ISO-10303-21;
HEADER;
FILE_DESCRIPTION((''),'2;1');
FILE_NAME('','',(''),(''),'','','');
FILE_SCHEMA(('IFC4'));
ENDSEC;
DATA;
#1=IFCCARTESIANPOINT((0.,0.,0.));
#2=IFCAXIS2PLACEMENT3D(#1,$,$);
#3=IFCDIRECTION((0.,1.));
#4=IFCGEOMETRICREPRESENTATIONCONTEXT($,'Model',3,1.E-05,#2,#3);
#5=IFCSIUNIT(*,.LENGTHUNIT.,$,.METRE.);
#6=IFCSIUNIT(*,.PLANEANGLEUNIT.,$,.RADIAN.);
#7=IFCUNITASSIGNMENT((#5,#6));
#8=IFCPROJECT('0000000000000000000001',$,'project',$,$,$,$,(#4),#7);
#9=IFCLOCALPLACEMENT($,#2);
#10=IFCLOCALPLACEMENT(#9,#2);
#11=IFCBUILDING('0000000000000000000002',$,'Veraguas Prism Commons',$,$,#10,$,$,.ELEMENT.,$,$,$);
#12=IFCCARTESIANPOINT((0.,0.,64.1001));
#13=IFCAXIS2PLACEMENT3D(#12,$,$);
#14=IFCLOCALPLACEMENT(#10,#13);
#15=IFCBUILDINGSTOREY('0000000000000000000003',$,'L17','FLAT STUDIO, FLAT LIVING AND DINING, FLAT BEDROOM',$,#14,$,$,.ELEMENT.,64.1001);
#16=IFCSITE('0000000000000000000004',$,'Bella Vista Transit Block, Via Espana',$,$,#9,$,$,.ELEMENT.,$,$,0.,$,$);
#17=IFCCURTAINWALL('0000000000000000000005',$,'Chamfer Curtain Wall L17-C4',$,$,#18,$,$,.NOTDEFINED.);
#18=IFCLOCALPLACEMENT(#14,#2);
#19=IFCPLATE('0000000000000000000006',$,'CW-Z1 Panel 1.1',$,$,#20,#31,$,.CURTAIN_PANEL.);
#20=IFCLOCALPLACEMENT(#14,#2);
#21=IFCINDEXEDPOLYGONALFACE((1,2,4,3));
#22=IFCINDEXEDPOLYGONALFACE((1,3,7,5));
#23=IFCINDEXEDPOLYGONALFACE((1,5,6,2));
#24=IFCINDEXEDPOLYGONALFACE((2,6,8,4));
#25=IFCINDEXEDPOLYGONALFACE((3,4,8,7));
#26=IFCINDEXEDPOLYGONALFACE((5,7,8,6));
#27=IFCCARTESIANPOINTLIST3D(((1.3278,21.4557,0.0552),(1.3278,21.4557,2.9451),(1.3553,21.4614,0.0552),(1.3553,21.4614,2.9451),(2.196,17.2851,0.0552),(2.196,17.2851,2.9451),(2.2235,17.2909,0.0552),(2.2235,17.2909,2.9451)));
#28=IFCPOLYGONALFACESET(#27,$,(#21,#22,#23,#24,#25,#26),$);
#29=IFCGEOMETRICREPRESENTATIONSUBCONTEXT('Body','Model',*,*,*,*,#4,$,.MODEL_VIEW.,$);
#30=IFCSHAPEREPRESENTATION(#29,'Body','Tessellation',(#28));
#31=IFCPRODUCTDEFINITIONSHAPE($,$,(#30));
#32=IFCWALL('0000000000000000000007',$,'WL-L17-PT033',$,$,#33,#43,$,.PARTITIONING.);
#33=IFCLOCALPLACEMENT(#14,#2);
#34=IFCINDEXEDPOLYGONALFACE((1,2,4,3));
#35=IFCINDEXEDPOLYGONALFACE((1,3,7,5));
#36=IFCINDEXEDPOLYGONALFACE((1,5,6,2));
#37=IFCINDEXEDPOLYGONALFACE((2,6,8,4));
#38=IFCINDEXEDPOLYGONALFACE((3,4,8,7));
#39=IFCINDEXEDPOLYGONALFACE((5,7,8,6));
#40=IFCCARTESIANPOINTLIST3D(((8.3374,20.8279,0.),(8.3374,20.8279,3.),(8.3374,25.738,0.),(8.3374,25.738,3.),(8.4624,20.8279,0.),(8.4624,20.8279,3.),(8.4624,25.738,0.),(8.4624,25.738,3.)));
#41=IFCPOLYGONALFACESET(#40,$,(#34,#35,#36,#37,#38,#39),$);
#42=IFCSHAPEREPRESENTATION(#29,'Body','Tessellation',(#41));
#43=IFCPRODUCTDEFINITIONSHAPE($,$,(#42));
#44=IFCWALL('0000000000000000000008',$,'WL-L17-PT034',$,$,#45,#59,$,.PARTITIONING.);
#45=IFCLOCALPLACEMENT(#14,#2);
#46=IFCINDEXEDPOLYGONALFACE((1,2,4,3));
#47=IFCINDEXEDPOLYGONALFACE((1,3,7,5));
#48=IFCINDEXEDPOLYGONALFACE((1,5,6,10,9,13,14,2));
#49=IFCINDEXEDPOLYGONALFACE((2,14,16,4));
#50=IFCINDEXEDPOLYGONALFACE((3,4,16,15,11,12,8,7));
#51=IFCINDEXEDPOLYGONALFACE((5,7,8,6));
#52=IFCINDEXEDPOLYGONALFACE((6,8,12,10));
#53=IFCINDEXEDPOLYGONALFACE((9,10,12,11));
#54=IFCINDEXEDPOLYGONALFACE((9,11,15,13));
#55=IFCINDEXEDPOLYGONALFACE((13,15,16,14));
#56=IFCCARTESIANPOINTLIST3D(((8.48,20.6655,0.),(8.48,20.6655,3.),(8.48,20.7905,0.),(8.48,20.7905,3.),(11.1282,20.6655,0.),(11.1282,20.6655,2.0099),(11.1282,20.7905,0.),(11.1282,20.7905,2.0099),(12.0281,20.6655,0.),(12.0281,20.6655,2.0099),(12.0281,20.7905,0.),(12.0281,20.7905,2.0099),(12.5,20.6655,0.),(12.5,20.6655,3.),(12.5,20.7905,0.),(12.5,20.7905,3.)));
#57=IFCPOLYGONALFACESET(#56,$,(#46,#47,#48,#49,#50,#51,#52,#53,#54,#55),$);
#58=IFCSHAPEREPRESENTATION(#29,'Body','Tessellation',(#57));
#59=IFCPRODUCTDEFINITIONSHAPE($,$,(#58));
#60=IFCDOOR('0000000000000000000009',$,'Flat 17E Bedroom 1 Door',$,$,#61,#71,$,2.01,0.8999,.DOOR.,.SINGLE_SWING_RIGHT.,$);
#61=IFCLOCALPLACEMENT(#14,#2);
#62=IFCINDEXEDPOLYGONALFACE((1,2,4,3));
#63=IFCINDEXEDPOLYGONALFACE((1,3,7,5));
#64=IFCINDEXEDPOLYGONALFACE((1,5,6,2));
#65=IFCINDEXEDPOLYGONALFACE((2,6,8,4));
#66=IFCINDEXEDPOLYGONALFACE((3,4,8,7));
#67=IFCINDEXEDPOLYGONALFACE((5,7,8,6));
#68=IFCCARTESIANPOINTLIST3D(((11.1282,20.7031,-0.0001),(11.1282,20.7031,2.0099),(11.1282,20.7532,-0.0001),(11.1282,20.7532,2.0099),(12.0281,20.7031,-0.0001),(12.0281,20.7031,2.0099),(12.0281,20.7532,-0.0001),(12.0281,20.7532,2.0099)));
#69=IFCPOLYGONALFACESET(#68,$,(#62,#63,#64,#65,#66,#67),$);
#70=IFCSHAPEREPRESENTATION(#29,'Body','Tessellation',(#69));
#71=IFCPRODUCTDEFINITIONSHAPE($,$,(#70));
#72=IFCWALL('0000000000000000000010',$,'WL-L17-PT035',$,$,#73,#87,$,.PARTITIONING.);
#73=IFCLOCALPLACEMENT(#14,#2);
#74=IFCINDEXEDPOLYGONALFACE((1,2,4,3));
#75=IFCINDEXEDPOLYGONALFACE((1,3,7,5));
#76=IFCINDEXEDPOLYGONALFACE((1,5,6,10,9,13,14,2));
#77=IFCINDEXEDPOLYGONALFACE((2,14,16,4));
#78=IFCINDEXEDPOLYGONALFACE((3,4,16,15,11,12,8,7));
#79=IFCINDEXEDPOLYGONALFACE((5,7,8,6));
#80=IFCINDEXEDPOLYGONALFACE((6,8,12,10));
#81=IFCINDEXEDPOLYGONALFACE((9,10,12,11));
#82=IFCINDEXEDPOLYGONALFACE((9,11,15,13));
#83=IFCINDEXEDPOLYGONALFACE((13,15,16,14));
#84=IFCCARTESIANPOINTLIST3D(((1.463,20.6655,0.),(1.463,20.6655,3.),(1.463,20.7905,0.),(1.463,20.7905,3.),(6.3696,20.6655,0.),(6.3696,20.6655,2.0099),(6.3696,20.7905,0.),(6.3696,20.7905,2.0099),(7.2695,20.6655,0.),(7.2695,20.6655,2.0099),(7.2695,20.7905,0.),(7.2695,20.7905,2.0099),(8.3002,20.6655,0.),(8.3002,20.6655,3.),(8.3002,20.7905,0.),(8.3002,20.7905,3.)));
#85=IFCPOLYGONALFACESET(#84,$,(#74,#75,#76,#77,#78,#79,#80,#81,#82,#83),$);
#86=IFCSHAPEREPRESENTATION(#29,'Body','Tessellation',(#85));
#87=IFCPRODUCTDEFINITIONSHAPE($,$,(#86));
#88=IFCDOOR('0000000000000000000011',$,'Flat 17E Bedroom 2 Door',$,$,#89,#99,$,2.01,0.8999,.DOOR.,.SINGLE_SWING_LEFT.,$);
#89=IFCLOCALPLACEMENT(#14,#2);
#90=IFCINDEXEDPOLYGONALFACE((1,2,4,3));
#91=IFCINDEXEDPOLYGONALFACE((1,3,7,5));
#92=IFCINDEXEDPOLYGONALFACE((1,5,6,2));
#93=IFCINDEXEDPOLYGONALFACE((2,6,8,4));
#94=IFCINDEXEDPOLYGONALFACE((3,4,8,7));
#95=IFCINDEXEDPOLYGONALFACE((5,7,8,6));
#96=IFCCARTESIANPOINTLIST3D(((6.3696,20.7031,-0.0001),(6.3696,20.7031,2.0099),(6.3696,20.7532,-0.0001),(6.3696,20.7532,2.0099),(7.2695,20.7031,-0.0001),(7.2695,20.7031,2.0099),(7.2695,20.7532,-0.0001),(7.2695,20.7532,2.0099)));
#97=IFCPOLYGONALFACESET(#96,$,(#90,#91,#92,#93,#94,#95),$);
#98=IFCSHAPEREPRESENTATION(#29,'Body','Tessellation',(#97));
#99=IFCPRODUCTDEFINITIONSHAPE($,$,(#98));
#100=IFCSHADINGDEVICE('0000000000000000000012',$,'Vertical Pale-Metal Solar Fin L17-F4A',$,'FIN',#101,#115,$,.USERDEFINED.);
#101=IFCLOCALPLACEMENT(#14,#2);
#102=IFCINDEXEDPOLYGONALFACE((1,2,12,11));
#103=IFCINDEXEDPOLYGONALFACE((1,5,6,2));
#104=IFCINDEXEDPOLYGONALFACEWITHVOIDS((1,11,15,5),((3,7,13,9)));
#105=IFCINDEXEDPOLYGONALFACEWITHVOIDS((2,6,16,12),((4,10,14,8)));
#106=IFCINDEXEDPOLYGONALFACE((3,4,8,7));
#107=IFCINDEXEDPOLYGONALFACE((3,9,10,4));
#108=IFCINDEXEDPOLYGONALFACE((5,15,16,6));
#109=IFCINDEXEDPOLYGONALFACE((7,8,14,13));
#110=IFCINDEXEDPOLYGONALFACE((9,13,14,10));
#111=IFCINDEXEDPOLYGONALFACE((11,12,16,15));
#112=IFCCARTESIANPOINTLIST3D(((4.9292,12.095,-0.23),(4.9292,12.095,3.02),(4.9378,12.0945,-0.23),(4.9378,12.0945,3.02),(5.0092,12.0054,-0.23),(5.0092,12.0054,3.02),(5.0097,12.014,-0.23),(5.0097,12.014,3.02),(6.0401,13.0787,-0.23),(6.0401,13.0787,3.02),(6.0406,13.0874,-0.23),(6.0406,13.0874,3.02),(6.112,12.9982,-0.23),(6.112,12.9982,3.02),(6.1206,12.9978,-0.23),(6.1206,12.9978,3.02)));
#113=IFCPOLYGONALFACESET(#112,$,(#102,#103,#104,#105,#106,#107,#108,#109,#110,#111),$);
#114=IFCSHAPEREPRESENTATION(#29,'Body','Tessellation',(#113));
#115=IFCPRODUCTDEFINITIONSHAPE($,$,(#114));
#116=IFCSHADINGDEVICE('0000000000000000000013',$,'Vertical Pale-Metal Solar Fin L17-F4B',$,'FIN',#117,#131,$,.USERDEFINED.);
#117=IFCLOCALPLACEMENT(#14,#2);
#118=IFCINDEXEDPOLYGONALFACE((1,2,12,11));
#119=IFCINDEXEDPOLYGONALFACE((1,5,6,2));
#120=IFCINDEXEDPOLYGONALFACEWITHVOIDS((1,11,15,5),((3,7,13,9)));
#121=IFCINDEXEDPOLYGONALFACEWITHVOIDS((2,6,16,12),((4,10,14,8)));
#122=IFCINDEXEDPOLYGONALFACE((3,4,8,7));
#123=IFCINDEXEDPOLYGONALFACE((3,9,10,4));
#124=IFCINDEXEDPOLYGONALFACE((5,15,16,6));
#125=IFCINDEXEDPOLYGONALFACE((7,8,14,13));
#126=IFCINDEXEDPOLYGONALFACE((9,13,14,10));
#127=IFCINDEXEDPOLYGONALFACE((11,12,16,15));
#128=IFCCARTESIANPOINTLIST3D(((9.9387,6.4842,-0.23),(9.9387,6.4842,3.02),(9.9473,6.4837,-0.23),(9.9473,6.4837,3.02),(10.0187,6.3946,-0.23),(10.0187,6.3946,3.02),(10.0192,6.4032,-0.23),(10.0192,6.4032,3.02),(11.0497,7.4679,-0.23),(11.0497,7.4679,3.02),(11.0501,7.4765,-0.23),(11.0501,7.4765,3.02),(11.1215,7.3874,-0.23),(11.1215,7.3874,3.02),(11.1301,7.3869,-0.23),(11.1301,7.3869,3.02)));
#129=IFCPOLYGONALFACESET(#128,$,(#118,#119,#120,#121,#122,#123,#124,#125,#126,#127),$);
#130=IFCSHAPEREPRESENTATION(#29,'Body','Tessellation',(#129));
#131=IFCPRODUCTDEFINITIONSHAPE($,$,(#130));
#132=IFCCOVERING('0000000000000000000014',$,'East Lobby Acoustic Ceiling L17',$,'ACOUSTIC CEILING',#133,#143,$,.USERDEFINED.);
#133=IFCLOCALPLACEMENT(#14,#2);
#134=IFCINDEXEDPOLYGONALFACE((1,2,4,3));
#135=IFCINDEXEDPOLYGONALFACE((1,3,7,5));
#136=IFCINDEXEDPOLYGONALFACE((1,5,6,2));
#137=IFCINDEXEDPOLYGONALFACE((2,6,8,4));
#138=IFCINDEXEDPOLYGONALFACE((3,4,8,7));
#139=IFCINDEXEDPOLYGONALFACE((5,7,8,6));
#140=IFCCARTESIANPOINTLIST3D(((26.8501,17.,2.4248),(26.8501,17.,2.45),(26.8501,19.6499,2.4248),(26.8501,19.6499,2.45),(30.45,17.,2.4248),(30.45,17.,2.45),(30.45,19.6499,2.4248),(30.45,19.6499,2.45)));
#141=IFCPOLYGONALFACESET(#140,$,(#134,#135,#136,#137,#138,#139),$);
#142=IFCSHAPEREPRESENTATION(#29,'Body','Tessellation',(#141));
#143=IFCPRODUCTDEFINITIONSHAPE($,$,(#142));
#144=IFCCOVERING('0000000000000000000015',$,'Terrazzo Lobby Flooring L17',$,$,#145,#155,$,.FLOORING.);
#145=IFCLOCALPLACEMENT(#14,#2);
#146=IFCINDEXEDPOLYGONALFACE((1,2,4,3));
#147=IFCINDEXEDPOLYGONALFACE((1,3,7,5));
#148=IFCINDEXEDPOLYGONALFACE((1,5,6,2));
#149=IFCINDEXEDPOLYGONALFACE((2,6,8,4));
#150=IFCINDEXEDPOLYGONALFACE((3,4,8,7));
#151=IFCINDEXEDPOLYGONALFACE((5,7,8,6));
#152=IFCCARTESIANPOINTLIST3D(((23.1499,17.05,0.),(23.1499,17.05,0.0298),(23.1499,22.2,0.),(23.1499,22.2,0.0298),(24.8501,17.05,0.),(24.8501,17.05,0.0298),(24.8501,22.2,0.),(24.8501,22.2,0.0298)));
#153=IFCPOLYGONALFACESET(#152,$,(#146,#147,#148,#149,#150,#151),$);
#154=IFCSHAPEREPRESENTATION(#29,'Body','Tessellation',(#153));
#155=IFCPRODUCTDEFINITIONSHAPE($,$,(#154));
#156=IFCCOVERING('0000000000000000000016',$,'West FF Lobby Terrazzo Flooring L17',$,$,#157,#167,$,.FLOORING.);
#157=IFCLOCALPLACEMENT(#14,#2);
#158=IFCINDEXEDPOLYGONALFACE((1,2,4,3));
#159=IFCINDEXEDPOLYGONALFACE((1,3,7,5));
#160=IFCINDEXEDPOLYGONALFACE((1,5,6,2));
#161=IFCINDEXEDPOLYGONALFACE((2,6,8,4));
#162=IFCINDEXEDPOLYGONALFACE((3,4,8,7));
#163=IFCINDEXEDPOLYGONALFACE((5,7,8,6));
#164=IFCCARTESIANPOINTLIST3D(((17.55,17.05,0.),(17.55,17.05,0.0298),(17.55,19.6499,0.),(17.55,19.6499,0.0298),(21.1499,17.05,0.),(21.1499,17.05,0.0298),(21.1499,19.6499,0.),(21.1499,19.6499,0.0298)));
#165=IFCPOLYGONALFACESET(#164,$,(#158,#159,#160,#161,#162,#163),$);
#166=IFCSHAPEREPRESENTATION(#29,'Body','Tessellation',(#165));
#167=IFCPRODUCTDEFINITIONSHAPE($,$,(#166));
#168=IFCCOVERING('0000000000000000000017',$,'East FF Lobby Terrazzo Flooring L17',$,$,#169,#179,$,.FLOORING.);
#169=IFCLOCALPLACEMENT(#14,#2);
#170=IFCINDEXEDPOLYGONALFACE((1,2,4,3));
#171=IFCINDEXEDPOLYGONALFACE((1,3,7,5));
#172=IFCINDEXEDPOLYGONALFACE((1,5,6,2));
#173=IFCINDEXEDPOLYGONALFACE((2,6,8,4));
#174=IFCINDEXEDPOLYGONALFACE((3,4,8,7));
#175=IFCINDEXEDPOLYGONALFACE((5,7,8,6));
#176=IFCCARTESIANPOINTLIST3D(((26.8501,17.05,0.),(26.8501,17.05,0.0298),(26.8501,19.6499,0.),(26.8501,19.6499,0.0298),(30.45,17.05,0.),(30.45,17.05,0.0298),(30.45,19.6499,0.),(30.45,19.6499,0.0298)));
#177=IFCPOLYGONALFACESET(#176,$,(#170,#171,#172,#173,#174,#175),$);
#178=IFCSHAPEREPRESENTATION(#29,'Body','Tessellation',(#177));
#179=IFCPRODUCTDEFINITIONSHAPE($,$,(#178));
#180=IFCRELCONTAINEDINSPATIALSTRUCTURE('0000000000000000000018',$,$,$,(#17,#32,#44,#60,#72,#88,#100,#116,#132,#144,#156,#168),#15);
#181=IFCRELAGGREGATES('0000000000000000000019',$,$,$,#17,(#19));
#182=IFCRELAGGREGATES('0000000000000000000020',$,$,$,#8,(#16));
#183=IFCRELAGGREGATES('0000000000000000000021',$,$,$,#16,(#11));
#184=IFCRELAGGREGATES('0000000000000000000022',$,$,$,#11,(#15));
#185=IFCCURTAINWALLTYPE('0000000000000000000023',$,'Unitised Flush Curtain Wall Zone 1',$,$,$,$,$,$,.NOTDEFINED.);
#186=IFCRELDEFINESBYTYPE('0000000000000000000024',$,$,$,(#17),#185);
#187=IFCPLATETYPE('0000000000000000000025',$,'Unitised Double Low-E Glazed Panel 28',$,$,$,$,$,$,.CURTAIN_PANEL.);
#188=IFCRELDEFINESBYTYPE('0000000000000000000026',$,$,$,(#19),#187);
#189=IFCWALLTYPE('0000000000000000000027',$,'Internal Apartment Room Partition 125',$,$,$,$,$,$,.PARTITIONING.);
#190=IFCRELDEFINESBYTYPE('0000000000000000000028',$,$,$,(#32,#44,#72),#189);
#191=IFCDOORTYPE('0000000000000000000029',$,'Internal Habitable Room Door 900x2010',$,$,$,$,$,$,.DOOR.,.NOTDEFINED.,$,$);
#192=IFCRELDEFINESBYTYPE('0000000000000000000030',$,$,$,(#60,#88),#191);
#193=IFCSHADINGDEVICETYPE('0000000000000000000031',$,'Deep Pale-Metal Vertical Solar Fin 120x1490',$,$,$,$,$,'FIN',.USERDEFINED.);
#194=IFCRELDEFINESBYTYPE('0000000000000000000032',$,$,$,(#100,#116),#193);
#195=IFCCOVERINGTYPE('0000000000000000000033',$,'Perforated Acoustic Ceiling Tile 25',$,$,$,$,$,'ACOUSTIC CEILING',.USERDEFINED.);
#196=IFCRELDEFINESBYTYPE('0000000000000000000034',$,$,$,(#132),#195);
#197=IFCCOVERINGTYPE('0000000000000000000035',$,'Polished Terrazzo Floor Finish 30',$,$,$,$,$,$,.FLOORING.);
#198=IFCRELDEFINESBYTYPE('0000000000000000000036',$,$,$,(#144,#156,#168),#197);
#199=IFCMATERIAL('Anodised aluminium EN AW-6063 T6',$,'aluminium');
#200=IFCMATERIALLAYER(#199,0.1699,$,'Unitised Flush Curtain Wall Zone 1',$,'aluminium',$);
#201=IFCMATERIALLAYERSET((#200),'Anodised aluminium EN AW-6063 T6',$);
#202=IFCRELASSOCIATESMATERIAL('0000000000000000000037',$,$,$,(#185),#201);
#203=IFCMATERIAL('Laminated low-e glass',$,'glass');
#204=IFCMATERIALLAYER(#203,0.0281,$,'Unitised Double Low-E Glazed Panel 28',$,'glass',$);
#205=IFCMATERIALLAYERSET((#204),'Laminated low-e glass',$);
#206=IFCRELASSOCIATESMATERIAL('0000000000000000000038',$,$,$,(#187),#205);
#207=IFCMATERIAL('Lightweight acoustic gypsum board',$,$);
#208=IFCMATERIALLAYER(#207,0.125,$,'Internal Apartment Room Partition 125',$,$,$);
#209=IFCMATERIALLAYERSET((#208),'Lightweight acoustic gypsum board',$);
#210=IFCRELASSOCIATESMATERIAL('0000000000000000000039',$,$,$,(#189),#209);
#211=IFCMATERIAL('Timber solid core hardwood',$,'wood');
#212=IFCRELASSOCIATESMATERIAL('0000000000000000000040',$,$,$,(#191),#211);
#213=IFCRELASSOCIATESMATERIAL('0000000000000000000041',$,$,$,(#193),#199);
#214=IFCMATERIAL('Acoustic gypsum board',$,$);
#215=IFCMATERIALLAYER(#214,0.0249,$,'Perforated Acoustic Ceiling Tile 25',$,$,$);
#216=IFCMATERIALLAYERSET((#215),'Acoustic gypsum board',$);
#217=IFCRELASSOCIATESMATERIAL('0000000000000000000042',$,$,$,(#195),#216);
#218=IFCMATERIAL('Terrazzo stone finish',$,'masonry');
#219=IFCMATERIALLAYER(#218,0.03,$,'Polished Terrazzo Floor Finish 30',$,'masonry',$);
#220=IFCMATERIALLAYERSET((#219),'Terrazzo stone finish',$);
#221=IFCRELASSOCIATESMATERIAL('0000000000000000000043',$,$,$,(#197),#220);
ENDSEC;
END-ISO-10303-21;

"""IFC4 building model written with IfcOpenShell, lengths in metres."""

from ifc_helpers import new_model, si_unit, direction, frame, frame_2d, origin, origin_2d, place, context, subcontext, project, spatial, polyline, rectangle, hollow_rectangle, outline, extrude, source, transform, mapped, material, layer, layer_set, material_profile, profile_set, type_object, element, fill, aggregate, save


model = new_model("IFC4")

# Units and contexts
model_context = context("Model", 3, precision=1e-05, world=origin(), true_north=direction((0.0, 1.0)))
body_context = subcontext(model_context, "Body", "Model", "MODEL_VIEW")
ifc_project = project(units=[si_unit("LENGTHUNIT", "METRE"), si_unit("PLANEANGLEUNIT", "RADIAN")], contexts=[model_context])

# Site, building, storey
site_placement = place(None, origin())
site = spatial("IfcSite", under=ifc_project, at=site_placement, Name="Bella Vista Transit Block, Via Espana", CompositionType="ELEMENT", RefElevation=0.0)
building_placement = place(site_placement, origin())
building = spatial("IfcBuilding", under=site, at=building_placement, Name="Veraguas Prism Commons", CompositionType="ELEMENT")
storey_placement = place(building_placement, frame((0.0, 0.0, 64.1001)))
storey = spatial("IfcBuildingStorey", under=building, at=storey_placement, Name="L17", Description="FLAT STUDIO, FLAT LIVING AND DINING, FLAT BEDROOM", CompositionType="ELEMENT", Elevation=64.1001)

# Shared definitions
ifc_material_1 = material(Name="Anodised aluminium EN AW-6063 T6", Category="aluminium")
ifc_layer_1 = layer(ifc_material_1, 0.1699, Name="Unitised Flush Curtain Wall Zone 1", Category="aluminium")
ifc_layer_set_1 = layer_set([ifc_layer_1], Name="Anodised aluminium EN AW-6063 T6")
curtain_wall_type = type_object("IfcCurtainWallType", Name="Unitised Flush Curtain Wall Zone 1", PredefinedType="NOTDEFINED", material=ifc_layer_set_1)

# Curtain wall
curtain_wall_1_placement = place(storey_placement, origin())
curtain_wall_1 = element("IfcCurtainWall", 1, at=curtain_wall_1_placement, inside=storey, type_object=curtain_wall_type, Name="Chamfer Curtain Wall L17-C4", PredefinedType="NOTDEFINED")

# Plate
ifc_material_2 = material(Name="Laminated low-e glass", Category="glass")
ifc_layer_2 = layer(ifc_material_2, 0.0281, Name="Unitised Double Low-E Glazed Panel 28", Category="glass")
ifc_layer_set_2 = layer_set([ifc_layer_2], Name="Laminated low-e glass")
plate_type = type_object("IfcPlateType", Name="Unitised Double Low-E Glazed Panel 28", PredefinedType="CURTAIN_PANEL", material=ifc_layer_set_2)
shared_shape_1 = source(origin(), body_context, "Body", "SweptSolid", [
    extrude(rectangle(XDim=4.26, YDim=0.0281, at=origin_2d()), origin(), (0.0, 0.0, 1.0), 2.8899),
])
plate_1_placement = place(storey_placement, frame((1.7756, 19.3733, 0.0552), z_axis=(0.0, 0.0, 1.0), x_axis=(0.203811, -0.97901, 0.0)))
plate_1 = element("IfcPlate", 2, at=plate_1_placement, type_object=plate_type, Name="CW-Z1 Panel 1.1", PredefinedType="CURTAIN_PANEL", context=body_context, shape_type="MappedRepresentation", body=[
    mapped(shared_shape_1, transform((0.0, 0.0, 0.0), scale=1.0)),
])
aggregate(curtain_wall_1, [plate_1])

# Wall
ifc_material_3 = material(Name="Lightweight acoustic gypsum board")
ifc_layer_3 = layer(ifc_material_3, 0.125, Name="Internal Apartment Room Partition 125")
ifc_layer_set_3 = layer_set([ifc_layer_3], Name="Lightweight acoustic gypsum board")
wall_type = type_object("IfcWallType", Name="Internal Apartment Room Partition 125", PredefinedType="PARTITIONING", material=ifc_layer_set_3)
wall_1_placement = place(storey_placement, frame((8.3999, 20.8279, 0.0), z_axis=(0.0, 0.0, 1.0), x_axis=(0.0, 1.0, 0.0)))
element("IfcWall", 3, at=wall_1_placement, inside=storey, type_object=wall_type, Name="WL-L17-PT033", PredefinedType="PARTITIONING", context=body_context, shape_type="SweptSolid", body=[
    extrude(rectangle(XDim=4.9102, YDim=0.125, at=frame_2d((2.4551, 0.0))), origin(), (0.0, 0.0, 1.0), 3.0),
])

# Walls, openings, doors
wall_2_placement = place(storey_placement, frame((12.5, 20.728, 0.0), z_axis=(0.0, 0.0, 1.0), x_axis=(-1.0, 0.0, 0.0)))
wall_2 = element("IfcWall", 4, at=wall_2_placement, inside=storey, type_object=wall_type, Name="WL-L17-PT034", PredefinedType="PARTITIONING", context=body_context, shape_type="SweptSolid", body=[
    extrude(rectangle(XDim=4.02, YDim=0.125, at=frame_2d((2.01, 0.0))), origin(), (0.0, 0.0, 1.0), 3.0),
])
opening_1_placement = place(wall_2_placement, frame((0.4719, 0.0, 0.0)))
opening_1 = element("IfcOpeningElement", 5, at=opening_1_placement, cuts=wall_2, PredefinedType="OPENING", context=body_context, shape_type="SweptSolid", body=[
    extrude(rectangle(XDim=0.8999, YDim=2.01, at=frame_2d((0.45, 1.0049))), frame((0.0, 0.0725, 0.0), z_axis=(0.0, -1.0, 0.0), x_axis=(1.0, 0.0, 0.0)), (0.0, 0.0, 1.0), 0.145),
])
ifc_material_4 = material(Name="Timber solid core hardwood", Category="wood")
door_type = type_object("IfcDoorType", Name="Internal Habitable Room Door 900x2010", OperationType="NOTDEFINED", PredefinedType="DOOR", material=ifc_material_4)
shared_shape_2 = source(origin(), body_context, "Body", "SweptSolid", [
    extrude(rectangle(XDim=0.8999, YDim=2.01, at=frame_2d((0.45, 1.0049))), frame((0.0, 0.0249, 0.0), z_axis=(0.0, -1.0, 0.0), x_axis=(1.0, 0.0, 0.0)), (0.0, 0.0, 1.0), 0.05),
])
door_1_placement = place(opening_1_placement, origin())
door_1 = element("IfcDoor", 6, at=door_1_placement, inside=storey, type_object=door_type, Name="Flat 17E Bedroom 1 Door", OperationType="SINGLE_SWING_RIGHT", OverallHeight=2.01, OverallWidth=0.8999, PredefinedType="DOOR", context=body_context, shape_type="MappedRepresentation", body=[
    mapped(shared_shape_2, transform((0.0, 0.0, 0.0), scale=1.0)),
])
fill(opening_1, door_1)
wall_3_placement = place(storey_placement, frame((8.3, 20.728, 0.0), z_axis=(0.0, 0.0, 1.0), x_axis=(-1.0, 0.0, 0.0)))
wall_3 = element("IfcWall", 7, at=wall_3_placement, inside=storey, type_object=wall_type, Name="WL-L17-PT035", PredefinedType="PARTITIONING", context=body_context, shape_type="SweptSolid", body=[
    extrude(rectangle(XDim=6.8372, YDim=0.125, at=frame_2d((3.4185, 0.0))), origin(), (0.0, 0.0, 1.0), 3.0),
])
opening_2_placement = place(wall_3_placement, frame((1.0305, 0.0, 0.0)))
opening_2 = element("IfcOpeningElement", 8, at=opening_2_placement, cuts=wall_3, PredefinedType="OPENING", context=body_context, shape_type="SweptSolid", body=[
    extrude(rectangle(XDim=0.8999, YDim=2.01, at=frame_2d((0.45, 1.0049))), frame((0.0, 0.0725, 0.0), z_axis=(0.0, -1.0, 0.0), x_axis=(1.0, 0.0, 0.0)), (0.0, 0.0, 1.0), 0.145),
])
door_2_placement = place(opening_2_placement, origin())
door_2 = element("IfcDoor", 9, at=door_2_placement, inside=storey, type_object=door_type, Name="Flat 17E Bedroom 2 Door", OperationType="SINGLE_SWING_LEFT", OverallHeight=2.01, OverallWidth=0.8999, PredefinedType="DOOR", context=body_context, shape_type="MappedRepresentation", body=[
    mapped(shared_shape_2, transform((0.0, 0.0, 0.0), scale=1.0)),
])
fill(opening_2, door_2)

# Shading devices
ifc_material_profile_1 = material_profile(ifc_material_1, hollow_rectangle(XDim=0.1201, YDim=1.49, WallThickness=0.0061, at=origin_2d()), Name="FIN120X1490X6")
ifc_profile_set_1 = profile_set([ifc_material_profile_1], Name="Anodised aluminium EN AW-6063 T6")
shading_device_type = type_object("IfcShadingDeviceType", Name="Deep Pale-Metal Vertical Solar Fin 120x1490", ElementType="FIN", PredefinedType="USERDEFINED", material=ifc_profile_set_1)
for number, where, z_axis, x_axis, name in (
    (10, (5.5249, 12.5464, -0.23), (0.0, 0.0, 1.0), (0.666012, -0.745941, 0.0), "Vertical Pale-Metal Solar Fin L17-F4A"),
    (11, (10.5344, 6.9355, -0.23), (0.0, 0.0, 1.0), (0.666012, -0.745941, 0.0), "Vertical Pale-Metal Solar Fin L17-F4B"),
):
    element("IfcShadingDevice", number, at=place(storey_placement, frame(where, z_axis=z_axis, x_axis=x_axis)), inside=storey, type_object=shading_device_type, Name=name, ObjectType="FIN", PredefinedType="USERDEFINED", context=body_context, shape_type="SweptSolid", body=[
        extrude(hollow_rectangle(XDim=0.1201, YDim=1.49, WallThickness=0.0061, at=origin_2d()), origin(), (0.0, 0.0, 1.0), 3.25),
    ])

# Coverings
ifc_material_5 = material(Name="Acoustic gypsum board")
ifc_layer_4 = layer(ifc_material_5, 0.0249, Name="Perforated Acoustic Ceiling Tile 25")
ifc_layer_set_4 = layer_set([ifc_layer_4], Name="Acoustic gypsum board")
covering_type_1 = type_object("IfcCoveringType", Name="Perforated Acoustic Ceiling Tile 25", ElementType="ACOUSTIC CEILING", PredefinedType="USERDEFINED", material=ifc_layer_set_4)
covering_1_placement = place(storey_placement, frame((0.0, 0.0, 2.4248)))
element("IfcCovering", 12, at=covering_1_placement, inside=storey, type_object=covering_type_1, Name="East Lobby Acoustic Ceiling L17", ObjectType="ACOUSTIC CEILING", PredefinedType="USERDEFINED", context=body_context, shape_type="SweptSolid", body=[
    extrude(outline(polyline([(26.8501, 17.0), (30.45, 17.0), (30.45, 19.6499), (26.8501, 19.6499), (26.8501, 17.0)])), origin(), (0.0, 0.0, 1.0), 0.0251),
])
ifc_material_6 = material(Name="Terrazzo stone finish", Category="masonry")
ifc_layer_5 = layer(ifc_material_6, 0.03, Name="Polished Terrazzo Floor Finish 30", Category="masonry")
ifc_layer_set_5 = layer_set([ifc_layer_5], Name="Terrazzo stone finish")
covering_type_2 = type_object("IfcCoveringType", Name="Polished Terrazzo Floor Finish 30", PredefinedType="FLOORING", material=ifc_layer_set_5)
covering_2_placement = place(storey_placement, origin())
element("IfcCovering", 13, at=covering_2_placement, inside=storey, type_object=covering_type_2, Name="Terrazzo Lobby Flooring L17", PredefinedType="FLOORING", context=body_context, shape_type="SweptSolid", body=[
    extrude(outline(polyline([(23.1499, 17.05), (24.8501, 17.05), (24.8501, 22.2), (23.1499, 22.2), (23.1499, 17.05)])), origin(), (0.0, 0.0, 1.0), 0.0298),
])
covering_3_placement = place(storey_placement, origin())
element("IfcCovering", 14, at=covering_3_placement, inside=storey, type_object=covering_type_2, Name="West FF Lobby Terrazzo Flooring L17", PredefinedType="FLOORING", context=body_context, shape_type="SweptSolid", body=[
    extrude(outline(polyline([(17.55, 17.05), (21.1499, 17.05), (21.1499, 19.6499), (17.55, 19.6499), (17.55, 17.05)])), origin(), (0.0, 0.0, 1.0), 0.0298),
])
covering_4_placement = place(storey_placement, origin())
element("IfcCovering", 15, at=covering_4_placement, inside=storey, type_object=covering_type_2, Name="East FF Lobby Terrazzo Flooring L17", PredefinedType="FLOORING", context=body_context, shape_type="SweptSolid", body=[
    extrude(outline(polyline([(26.8501, 17.05), (30.45, 17.05), (30.45, 19.6499), (26.8501, 19.6499), (26.8501, 17.05)])), origin(), (0.0, 0.0, 1.0), 0.0298),
])

save(model, "model.ifc")
